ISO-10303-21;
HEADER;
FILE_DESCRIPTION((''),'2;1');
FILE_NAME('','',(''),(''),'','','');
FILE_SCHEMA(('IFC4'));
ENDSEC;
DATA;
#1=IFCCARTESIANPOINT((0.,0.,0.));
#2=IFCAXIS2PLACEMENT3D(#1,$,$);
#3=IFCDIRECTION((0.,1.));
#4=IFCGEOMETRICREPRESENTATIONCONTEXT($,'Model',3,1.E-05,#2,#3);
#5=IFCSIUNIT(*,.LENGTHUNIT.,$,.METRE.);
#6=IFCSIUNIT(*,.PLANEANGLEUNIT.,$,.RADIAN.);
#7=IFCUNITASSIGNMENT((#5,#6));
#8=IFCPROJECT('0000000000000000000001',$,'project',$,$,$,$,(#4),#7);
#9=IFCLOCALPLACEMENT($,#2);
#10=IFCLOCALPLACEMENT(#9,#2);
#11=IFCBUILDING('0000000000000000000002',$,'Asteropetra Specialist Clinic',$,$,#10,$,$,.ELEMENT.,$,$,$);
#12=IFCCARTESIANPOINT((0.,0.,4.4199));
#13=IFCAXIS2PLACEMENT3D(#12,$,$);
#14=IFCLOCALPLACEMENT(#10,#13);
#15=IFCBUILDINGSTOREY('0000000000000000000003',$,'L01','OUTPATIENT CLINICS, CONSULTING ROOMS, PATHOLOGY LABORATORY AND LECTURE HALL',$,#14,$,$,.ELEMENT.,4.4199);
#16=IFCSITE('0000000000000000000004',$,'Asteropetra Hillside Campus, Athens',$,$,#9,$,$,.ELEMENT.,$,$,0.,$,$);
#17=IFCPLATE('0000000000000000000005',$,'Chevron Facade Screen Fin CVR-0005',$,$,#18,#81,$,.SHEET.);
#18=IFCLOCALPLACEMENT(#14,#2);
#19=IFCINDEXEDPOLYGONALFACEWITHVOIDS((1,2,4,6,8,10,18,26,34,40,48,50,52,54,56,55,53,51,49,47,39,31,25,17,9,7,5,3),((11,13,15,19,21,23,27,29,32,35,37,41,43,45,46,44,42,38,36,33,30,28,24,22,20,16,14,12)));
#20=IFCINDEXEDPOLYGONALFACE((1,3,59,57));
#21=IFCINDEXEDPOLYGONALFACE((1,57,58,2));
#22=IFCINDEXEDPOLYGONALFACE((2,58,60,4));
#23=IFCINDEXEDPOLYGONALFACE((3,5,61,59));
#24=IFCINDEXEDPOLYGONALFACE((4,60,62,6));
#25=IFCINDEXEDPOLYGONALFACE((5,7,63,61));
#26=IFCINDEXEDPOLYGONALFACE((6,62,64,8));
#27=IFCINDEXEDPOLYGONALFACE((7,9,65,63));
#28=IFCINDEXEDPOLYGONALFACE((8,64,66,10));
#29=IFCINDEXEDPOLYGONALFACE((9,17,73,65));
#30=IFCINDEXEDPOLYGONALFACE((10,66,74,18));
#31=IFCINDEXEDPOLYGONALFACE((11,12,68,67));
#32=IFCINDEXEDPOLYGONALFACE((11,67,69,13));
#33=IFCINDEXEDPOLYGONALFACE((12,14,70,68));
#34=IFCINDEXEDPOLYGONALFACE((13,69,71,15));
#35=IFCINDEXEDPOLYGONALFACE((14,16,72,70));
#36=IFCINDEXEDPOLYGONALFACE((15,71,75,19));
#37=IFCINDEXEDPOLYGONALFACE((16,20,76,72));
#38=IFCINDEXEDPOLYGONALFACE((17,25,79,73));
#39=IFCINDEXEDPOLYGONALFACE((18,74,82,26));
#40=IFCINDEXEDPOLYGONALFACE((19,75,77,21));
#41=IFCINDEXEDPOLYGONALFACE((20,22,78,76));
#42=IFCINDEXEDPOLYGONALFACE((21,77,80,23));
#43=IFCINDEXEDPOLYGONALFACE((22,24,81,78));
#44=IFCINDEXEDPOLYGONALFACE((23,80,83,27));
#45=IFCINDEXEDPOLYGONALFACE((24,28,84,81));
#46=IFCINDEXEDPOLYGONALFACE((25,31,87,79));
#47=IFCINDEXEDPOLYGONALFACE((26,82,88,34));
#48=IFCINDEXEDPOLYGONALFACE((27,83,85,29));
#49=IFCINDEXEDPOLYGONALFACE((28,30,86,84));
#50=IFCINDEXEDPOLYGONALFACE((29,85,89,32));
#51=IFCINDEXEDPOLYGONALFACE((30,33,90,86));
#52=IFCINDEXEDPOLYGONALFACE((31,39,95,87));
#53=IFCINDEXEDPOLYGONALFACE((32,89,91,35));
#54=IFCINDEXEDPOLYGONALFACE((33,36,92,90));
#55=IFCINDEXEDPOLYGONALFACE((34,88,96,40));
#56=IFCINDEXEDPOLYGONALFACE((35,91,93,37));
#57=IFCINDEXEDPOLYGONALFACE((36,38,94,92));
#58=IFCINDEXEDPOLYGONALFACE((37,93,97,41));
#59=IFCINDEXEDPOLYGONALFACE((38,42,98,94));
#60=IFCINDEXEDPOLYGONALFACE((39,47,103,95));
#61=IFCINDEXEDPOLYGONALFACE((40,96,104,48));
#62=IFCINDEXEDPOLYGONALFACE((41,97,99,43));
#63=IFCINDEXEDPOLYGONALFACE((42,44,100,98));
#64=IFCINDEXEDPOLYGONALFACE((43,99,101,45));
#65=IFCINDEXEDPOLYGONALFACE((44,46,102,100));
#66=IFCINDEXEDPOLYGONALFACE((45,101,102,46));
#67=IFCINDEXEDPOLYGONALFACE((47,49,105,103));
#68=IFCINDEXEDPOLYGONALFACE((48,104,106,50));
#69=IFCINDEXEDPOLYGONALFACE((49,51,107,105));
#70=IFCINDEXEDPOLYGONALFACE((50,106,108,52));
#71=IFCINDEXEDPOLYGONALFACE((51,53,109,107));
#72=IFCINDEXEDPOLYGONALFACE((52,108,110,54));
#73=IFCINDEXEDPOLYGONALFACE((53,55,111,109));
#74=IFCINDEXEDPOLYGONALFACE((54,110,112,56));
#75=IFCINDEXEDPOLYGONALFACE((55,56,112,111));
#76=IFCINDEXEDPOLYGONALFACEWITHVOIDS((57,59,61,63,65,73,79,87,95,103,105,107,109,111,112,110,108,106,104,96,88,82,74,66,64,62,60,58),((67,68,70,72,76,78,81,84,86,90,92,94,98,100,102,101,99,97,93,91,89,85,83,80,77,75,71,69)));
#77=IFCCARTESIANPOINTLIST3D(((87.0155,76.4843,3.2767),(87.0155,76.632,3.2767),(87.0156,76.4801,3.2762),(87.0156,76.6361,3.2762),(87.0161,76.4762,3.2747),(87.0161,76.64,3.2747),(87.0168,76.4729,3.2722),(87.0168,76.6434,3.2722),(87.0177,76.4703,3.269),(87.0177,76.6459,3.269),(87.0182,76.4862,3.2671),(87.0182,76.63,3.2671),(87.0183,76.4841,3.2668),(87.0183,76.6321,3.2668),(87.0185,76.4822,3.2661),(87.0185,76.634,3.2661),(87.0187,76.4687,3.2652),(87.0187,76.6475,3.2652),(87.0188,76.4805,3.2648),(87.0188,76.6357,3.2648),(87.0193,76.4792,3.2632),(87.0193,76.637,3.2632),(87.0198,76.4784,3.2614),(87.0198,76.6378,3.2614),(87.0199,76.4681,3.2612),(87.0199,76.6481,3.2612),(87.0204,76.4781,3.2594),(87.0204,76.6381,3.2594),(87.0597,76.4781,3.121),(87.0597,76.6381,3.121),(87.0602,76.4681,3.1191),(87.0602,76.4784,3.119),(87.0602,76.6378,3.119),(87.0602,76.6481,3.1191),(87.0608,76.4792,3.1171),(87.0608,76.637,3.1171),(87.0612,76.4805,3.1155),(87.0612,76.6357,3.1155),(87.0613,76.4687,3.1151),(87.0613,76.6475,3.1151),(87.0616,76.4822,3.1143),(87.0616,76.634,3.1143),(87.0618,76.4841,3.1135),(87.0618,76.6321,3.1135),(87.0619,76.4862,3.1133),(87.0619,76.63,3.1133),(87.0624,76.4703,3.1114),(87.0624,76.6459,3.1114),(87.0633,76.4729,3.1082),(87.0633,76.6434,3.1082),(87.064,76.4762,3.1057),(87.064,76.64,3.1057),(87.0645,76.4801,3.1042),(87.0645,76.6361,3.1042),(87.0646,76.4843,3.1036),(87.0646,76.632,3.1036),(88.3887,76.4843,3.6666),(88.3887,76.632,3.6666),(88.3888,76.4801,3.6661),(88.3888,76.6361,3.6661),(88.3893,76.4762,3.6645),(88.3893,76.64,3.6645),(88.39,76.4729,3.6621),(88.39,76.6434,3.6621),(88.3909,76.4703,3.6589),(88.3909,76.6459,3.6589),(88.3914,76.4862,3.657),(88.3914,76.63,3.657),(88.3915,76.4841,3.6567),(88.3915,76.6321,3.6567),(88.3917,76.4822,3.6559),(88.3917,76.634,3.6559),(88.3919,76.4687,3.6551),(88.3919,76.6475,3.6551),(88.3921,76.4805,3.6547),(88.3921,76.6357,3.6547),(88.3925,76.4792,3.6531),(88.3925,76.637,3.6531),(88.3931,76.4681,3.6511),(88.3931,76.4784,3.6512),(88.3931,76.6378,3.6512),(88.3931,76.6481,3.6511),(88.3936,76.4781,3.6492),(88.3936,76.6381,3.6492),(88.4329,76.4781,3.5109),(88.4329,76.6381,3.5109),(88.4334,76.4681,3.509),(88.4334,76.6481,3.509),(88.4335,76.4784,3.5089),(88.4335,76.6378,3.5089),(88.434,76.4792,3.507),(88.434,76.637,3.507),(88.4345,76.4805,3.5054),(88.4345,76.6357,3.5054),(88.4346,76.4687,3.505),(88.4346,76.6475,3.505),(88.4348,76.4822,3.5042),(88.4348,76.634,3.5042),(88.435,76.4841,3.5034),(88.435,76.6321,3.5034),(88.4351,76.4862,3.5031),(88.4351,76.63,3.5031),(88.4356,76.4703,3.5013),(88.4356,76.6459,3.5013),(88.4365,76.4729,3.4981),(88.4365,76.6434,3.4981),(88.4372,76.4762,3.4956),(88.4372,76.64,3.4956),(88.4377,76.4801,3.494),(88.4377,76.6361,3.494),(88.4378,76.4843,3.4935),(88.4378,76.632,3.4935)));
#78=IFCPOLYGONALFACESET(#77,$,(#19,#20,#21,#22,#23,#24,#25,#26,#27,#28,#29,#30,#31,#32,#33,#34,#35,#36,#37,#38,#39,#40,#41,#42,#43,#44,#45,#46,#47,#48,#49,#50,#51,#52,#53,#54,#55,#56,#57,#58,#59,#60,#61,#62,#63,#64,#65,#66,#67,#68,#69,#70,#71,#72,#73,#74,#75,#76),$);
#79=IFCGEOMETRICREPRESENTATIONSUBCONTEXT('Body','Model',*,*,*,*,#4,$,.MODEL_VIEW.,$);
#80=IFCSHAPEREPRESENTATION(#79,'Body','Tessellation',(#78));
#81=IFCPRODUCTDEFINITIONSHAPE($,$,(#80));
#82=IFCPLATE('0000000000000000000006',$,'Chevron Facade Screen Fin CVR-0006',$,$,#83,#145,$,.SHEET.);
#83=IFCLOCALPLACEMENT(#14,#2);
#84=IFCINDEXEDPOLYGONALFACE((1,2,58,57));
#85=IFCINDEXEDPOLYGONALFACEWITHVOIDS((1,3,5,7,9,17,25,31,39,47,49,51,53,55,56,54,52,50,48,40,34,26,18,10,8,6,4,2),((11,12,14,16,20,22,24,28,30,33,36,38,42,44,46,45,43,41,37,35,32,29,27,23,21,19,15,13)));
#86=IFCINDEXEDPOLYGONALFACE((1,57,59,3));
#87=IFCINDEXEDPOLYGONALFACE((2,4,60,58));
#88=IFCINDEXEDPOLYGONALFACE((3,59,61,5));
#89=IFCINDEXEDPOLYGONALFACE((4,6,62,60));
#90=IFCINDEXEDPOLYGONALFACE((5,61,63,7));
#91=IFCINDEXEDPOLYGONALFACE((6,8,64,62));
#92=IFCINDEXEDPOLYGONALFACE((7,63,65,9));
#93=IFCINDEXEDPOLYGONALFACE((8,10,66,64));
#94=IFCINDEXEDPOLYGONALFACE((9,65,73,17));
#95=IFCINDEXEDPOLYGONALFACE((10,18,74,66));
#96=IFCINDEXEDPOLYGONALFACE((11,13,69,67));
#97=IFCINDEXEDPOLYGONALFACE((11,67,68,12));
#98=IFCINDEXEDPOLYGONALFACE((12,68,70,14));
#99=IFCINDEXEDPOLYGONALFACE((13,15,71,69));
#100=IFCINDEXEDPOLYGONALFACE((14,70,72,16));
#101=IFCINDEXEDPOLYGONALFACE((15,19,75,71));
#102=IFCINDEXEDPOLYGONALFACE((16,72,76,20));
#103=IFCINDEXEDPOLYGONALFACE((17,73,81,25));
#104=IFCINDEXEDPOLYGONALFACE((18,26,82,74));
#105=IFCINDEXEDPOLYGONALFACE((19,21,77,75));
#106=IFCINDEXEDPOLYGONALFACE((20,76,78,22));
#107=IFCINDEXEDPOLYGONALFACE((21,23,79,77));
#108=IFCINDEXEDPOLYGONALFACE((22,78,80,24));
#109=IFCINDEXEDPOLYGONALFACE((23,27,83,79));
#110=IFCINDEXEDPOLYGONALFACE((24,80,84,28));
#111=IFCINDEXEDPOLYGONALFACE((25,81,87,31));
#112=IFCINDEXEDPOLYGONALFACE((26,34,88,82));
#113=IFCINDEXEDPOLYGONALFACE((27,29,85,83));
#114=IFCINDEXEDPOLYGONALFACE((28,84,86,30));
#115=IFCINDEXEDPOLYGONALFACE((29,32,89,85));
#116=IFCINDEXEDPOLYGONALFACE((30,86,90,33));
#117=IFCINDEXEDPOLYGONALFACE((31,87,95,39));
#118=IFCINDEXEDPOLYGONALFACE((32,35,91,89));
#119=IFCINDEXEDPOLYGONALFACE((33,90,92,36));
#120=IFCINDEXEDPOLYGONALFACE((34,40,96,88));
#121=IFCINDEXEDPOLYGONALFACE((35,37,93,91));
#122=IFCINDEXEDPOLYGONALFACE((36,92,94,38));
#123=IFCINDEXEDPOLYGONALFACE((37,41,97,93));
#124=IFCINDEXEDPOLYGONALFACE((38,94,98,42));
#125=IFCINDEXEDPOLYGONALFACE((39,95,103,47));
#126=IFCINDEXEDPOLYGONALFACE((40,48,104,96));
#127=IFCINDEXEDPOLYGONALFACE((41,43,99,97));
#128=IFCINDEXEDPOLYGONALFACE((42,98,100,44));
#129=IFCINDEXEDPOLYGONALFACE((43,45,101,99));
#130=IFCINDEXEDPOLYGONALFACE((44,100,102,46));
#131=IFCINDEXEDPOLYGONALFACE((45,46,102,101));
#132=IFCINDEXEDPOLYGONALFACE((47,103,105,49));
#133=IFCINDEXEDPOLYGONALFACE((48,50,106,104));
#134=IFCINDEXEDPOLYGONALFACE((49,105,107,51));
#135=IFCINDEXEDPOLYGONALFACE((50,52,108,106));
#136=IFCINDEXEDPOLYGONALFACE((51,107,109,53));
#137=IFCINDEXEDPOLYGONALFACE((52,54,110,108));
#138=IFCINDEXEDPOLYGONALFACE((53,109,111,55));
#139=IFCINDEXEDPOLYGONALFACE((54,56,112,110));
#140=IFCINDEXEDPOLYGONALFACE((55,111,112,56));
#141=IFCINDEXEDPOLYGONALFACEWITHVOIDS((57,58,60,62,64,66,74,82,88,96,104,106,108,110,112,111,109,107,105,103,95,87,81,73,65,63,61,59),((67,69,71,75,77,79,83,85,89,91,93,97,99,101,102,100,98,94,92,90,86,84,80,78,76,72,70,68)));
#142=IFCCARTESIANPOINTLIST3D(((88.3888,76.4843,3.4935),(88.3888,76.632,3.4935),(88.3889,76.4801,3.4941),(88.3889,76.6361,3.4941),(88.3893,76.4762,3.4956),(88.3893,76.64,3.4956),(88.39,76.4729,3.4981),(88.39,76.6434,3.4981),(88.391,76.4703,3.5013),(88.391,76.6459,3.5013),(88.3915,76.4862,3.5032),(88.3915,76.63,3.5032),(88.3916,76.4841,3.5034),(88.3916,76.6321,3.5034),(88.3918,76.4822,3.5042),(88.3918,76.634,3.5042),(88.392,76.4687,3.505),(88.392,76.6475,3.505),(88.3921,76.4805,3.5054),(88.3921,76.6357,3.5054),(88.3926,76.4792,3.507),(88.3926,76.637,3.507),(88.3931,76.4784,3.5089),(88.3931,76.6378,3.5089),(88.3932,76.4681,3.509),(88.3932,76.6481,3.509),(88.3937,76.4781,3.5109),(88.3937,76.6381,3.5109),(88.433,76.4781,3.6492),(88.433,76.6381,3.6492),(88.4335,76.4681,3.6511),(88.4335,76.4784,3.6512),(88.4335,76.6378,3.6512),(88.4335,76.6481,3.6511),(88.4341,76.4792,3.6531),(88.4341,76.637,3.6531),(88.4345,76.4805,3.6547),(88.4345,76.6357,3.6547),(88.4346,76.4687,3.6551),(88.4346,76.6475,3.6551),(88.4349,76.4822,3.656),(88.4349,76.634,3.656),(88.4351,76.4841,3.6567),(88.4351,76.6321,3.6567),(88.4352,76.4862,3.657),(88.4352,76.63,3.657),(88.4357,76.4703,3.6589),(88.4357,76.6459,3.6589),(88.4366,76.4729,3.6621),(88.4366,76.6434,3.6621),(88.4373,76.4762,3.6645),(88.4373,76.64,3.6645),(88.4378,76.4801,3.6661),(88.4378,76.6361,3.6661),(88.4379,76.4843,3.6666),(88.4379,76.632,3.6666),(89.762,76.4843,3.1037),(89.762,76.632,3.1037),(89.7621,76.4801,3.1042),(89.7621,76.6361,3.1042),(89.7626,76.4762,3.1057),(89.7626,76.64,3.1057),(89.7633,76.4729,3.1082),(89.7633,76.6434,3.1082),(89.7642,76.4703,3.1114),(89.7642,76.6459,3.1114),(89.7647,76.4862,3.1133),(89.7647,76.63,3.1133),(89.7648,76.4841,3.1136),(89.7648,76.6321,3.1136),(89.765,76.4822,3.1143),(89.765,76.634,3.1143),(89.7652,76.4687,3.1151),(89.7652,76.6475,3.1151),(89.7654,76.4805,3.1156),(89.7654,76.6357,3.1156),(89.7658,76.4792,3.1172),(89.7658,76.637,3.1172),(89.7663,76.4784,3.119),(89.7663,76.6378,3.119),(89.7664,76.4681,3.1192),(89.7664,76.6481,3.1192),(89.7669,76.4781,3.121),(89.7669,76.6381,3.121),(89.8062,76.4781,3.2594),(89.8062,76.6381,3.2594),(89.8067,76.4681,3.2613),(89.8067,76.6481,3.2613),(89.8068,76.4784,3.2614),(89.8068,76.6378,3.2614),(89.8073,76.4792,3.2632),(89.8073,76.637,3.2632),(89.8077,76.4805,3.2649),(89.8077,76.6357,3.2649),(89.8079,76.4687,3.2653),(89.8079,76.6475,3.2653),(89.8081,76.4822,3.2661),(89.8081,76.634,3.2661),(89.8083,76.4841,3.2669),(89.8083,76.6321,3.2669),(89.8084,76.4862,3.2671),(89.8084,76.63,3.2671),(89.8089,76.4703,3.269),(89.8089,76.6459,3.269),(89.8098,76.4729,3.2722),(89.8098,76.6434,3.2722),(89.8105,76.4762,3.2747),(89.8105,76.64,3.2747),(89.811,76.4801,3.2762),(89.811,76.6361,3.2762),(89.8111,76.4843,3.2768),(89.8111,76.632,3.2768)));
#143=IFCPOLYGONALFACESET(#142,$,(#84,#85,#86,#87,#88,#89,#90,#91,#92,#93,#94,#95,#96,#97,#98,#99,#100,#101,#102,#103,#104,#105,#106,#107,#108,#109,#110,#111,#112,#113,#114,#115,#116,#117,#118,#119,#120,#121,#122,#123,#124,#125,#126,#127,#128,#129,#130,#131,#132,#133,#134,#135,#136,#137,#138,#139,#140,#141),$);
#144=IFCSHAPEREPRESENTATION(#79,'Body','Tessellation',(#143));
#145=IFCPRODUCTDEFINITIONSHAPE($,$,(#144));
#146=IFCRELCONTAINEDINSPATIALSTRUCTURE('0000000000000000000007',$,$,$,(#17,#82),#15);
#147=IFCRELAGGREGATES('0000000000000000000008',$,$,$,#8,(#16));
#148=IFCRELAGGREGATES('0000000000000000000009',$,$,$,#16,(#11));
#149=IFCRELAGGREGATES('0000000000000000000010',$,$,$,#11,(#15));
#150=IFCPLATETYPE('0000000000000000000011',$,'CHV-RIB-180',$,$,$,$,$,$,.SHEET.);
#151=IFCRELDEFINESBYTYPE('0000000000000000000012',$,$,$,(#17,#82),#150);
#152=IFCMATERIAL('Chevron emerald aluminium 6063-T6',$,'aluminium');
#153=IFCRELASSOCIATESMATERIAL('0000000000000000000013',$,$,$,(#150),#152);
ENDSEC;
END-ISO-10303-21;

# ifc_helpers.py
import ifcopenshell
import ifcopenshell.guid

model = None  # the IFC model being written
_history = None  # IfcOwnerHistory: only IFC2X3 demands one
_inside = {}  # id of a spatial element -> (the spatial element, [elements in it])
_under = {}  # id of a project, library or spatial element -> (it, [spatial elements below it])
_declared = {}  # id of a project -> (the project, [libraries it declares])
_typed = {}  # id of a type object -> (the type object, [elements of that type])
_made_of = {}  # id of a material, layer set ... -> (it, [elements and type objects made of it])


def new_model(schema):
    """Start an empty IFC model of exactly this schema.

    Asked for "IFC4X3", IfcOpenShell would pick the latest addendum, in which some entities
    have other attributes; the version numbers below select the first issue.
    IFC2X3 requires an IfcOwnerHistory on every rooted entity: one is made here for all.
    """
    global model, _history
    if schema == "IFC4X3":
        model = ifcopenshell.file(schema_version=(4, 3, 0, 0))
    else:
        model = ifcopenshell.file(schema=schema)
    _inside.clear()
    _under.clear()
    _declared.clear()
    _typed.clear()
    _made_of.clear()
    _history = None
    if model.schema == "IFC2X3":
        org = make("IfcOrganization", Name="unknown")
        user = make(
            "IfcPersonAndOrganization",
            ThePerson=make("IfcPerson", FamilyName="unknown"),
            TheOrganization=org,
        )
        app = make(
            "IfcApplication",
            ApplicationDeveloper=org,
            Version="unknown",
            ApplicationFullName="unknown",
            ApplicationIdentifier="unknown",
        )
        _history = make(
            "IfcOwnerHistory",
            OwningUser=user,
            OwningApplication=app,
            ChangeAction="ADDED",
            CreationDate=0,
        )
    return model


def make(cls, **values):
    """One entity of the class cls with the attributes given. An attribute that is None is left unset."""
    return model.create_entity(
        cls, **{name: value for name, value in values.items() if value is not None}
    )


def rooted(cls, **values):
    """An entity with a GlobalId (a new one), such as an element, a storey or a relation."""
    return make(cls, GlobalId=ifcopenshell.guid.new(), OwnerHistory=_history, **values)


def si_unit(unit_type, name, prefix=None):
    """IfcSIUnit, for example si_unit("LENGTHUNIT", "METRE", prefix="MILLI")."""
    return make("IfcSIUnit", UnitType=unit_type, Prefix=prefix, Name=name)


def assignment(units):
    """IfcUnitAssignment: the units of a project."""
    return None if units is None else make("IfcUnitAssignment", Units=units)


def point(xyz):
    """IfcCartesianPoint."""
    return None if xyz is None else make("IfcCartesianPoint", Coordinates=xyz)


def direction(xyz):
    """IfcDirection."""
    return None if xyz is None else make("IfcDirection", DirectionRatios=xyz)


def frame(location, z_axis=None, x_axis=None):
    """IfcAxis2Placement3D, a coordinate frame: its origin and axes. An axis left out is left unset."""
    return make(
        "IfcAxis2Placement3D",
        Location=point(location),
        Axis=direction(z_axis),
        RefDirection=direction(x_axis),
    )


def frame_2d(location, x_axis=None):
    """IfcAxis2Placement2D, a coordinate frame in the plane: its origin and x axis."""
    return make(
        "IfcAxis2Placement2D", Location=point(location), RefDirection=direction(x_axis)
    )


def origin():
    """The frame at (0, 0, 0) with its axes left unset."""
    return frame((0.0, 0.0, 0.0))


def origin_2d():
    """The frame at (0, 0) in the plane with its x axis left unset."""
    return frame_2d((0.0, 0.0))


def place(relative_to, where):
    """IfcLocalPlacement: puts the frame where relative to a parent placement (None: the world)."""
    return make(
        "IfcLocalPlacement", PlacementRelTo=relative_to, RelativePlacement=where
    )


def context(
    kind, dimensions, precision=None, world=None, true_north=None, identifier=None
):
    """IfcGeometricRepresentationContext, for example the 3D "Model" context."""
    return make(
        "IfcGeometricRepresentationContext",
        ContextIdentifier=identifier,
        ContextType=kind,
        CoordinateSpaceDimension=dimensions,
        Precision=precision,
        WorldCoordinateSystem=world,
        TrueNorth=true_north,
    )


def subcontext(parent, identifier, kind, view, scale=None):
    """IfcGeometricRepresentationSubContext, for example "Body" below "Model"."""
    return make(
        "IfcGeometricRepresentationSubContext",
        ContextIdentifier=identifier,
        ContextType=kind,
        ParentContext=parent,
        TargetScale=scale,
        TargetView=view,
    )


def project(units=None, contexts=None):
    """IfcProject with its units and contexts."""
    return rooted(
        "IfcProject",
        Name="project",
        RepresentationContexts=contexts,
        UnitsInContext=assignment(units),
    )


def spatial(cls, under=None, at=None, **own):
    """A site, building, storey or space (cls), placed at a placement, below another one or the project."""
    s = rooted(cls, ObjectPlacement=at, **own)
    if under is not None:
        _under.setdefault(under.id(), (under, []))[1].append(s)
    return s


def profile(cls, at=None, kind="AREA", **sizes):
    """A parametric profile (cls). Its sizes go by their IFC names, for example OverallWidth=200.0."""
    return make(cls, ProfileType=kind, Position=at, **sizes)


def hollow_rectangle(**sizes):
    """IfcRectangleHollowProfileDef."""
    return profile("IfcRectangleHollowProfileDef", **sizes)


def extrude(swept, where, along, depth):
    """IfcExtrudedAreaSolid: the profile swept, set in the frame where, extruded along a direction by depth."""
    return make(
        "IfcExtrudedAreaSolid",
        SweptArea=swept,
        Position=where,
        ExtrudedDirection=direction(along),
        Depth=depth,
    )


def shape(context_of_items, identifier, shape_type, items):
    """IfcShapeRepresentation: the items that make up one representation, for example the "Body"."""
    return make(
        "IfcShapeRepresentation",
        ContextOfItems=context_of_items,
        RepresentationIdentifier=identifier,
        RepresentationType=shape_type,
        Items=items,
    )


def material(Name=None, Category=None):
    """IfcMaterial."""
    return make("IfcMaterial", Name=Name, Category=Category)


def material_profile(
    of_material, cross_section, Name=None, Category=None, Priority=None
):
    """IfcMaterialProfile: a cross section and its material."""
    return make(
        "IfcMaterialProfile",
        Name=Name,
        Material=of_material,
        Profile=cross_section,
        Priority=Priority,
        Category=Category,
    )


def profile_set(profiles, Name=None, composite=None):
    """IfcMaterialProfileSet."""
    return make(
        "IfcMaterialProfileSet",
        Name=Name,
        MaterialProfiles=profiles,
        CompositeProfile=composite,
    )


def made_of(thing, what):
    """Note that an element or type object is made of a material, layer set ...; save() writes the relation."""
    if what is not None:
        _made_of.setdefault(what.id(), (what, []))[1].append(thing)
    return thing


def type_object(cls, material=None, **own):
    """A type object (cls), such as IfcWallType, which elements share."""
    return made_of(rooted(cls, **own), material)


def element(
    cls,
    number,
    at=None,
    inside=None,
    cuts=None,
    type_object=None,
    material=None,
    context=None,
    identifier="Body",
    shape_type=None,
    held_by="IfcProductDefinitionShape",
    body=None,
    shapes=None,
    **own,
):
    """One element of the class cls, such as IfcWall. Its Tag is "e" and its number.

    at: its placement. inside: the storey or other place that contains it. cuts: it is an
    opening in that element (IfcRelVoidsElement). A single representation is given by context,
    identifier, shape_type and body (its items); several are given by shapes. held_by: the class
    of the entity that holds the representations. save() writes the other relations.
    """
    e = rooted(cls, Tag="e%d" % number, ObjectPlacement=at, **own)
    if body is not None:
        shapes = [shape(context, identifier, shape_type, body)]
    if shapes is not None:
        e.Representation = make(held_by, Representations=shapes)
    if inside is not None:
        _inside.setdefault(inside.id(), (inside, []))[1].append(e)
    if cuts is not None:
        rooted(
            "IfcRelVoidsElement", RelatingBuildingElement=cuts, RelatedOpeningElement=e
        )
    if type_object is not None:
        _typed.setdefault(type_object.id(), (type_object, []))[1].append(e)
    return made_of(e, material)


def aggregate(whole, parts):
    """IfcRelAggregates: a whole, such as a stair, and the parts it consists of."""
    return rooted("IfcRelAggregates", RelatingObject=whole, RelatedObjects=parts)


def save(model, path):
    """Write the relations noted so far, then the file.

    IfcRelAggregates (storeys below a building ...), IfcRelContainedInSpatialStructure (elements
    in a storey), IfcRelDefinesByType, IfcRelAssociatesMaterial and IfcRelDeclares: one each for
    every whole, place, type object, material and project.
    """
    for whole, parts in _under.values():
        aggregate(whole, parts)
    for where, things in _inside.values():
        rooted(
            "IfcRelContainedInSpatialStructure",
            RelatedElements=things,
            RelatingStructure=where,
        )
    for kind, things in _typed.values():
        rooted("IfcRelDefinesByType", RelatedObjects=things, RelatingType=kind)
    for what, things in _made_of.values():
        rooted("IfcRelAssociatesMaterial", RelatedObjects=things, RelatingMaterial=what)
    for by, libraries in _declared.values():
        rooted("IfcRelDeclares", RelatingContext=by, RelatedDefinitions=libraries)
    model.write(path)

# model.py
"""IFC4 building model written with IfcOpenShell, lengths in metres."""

from ifc_helpers import new_model, si_unit, direction, frame, origin, origin_2d, place, context, subcontext, project, spatial, hollow_rectangle, extrude, material, material_profile, profile_set, type_object, element, save


model = new_model("IFC4")

# Units and contexts
model_context = context("Model", 3, precision=1e-05, world=origin(), true_north=direction((0.0, 1.0)))
body_context = subcontext(model_context, "Body", "Model", "MODEL_VIEW")
ifc_project = project(units=[si_unit("LENGTHUNIT", "METRE"), si_unit("PLANEANGLEUNIT", "RADIAN")], contexts=[model_context])

# Site, building, storey
site_placement = place(None, origin())
site = spatial("IfcSite", under=ifc_project, at=site_placement, Name="Asteropetra Hillside Campus, Athens", CompositionType="ELEMENT", RefElevation=0.0)
building_placement = place(site_placement, origin())
building = spatial("IfcBuilding", under=site, at=building_placement, Name="Asteropetra Specialist Clinic", CompositionType="ELEMENT")
storey_placement = place(building_placement, frame((0.0, 0.0, 4.4199)))
storey = spatial("IfcBuildingStorey", under=building, at=storey_placement, Name="L01", Description="OUTPATIENT CLINICS, CONSULTING ROOMS, PATHOLOGY LABORATORY AND LECTURE HALL", CompositionType="ELEMENT", Elevation=4.4199)

# Plates
ifc_material_1 = material(Name="Chevron emerald aluminium 6063-T6", Category="aluminium")
ifc_material_profile_1 = material_profile(ifc_material_1, hollow_rectangle(XDim=0.1799, YDim=0.1799, WallThickness=0.01, InnerFilletRadius=0.0081, OuterFilletRadius=0.0161, at=origin_2d()), Name="SHS 180x180x10.0")
ifc_profile_set_1 = profile_set([ifc_material_profile_1], Name="Chevron emerald aluminium 6063-T6")
plate_type = type_object("IfcPlateType", Name="CHV-RIB-180", PredefinedType="SHEET", material=ifc_profile_set_1)
for number, where, z_axis, x_axis, name in (
    (1, (87.04, 76.5581, 3.1902), (0.961981, 0.0, 0.273117), (0.0, 1.0, 0.0), "Chevron Facade Screen Fin CVR-0005"),
    (2, (88.4133, 76.5581, 3.5801), (0.961981, 0.0, -0.273117), (0.0, 1.0, 0.0), "Chevron Facade Screen Fin CVR-0006"),
):
    element("IfcPlate", number, at=place(storey_placement, frame(where, z_axis=z_axis, x_axis=x_axis)), inside=storey, type_object=plate_type, Name=name, PredefinedType="SHEET", context=body_context, shape_type="SweptSolid", body=[
        extrude(hollow_rectangle(XDim=0.1799, YDim=0.1799, WallThickness=0.01, InnerFilletRadius=0.0081, OuterFilletRadius=0.0161, at=origin_2d()), origin(), (0.0, 0.0, 1.0), 1.4275),
    ])

save(model, "model.ifc")
